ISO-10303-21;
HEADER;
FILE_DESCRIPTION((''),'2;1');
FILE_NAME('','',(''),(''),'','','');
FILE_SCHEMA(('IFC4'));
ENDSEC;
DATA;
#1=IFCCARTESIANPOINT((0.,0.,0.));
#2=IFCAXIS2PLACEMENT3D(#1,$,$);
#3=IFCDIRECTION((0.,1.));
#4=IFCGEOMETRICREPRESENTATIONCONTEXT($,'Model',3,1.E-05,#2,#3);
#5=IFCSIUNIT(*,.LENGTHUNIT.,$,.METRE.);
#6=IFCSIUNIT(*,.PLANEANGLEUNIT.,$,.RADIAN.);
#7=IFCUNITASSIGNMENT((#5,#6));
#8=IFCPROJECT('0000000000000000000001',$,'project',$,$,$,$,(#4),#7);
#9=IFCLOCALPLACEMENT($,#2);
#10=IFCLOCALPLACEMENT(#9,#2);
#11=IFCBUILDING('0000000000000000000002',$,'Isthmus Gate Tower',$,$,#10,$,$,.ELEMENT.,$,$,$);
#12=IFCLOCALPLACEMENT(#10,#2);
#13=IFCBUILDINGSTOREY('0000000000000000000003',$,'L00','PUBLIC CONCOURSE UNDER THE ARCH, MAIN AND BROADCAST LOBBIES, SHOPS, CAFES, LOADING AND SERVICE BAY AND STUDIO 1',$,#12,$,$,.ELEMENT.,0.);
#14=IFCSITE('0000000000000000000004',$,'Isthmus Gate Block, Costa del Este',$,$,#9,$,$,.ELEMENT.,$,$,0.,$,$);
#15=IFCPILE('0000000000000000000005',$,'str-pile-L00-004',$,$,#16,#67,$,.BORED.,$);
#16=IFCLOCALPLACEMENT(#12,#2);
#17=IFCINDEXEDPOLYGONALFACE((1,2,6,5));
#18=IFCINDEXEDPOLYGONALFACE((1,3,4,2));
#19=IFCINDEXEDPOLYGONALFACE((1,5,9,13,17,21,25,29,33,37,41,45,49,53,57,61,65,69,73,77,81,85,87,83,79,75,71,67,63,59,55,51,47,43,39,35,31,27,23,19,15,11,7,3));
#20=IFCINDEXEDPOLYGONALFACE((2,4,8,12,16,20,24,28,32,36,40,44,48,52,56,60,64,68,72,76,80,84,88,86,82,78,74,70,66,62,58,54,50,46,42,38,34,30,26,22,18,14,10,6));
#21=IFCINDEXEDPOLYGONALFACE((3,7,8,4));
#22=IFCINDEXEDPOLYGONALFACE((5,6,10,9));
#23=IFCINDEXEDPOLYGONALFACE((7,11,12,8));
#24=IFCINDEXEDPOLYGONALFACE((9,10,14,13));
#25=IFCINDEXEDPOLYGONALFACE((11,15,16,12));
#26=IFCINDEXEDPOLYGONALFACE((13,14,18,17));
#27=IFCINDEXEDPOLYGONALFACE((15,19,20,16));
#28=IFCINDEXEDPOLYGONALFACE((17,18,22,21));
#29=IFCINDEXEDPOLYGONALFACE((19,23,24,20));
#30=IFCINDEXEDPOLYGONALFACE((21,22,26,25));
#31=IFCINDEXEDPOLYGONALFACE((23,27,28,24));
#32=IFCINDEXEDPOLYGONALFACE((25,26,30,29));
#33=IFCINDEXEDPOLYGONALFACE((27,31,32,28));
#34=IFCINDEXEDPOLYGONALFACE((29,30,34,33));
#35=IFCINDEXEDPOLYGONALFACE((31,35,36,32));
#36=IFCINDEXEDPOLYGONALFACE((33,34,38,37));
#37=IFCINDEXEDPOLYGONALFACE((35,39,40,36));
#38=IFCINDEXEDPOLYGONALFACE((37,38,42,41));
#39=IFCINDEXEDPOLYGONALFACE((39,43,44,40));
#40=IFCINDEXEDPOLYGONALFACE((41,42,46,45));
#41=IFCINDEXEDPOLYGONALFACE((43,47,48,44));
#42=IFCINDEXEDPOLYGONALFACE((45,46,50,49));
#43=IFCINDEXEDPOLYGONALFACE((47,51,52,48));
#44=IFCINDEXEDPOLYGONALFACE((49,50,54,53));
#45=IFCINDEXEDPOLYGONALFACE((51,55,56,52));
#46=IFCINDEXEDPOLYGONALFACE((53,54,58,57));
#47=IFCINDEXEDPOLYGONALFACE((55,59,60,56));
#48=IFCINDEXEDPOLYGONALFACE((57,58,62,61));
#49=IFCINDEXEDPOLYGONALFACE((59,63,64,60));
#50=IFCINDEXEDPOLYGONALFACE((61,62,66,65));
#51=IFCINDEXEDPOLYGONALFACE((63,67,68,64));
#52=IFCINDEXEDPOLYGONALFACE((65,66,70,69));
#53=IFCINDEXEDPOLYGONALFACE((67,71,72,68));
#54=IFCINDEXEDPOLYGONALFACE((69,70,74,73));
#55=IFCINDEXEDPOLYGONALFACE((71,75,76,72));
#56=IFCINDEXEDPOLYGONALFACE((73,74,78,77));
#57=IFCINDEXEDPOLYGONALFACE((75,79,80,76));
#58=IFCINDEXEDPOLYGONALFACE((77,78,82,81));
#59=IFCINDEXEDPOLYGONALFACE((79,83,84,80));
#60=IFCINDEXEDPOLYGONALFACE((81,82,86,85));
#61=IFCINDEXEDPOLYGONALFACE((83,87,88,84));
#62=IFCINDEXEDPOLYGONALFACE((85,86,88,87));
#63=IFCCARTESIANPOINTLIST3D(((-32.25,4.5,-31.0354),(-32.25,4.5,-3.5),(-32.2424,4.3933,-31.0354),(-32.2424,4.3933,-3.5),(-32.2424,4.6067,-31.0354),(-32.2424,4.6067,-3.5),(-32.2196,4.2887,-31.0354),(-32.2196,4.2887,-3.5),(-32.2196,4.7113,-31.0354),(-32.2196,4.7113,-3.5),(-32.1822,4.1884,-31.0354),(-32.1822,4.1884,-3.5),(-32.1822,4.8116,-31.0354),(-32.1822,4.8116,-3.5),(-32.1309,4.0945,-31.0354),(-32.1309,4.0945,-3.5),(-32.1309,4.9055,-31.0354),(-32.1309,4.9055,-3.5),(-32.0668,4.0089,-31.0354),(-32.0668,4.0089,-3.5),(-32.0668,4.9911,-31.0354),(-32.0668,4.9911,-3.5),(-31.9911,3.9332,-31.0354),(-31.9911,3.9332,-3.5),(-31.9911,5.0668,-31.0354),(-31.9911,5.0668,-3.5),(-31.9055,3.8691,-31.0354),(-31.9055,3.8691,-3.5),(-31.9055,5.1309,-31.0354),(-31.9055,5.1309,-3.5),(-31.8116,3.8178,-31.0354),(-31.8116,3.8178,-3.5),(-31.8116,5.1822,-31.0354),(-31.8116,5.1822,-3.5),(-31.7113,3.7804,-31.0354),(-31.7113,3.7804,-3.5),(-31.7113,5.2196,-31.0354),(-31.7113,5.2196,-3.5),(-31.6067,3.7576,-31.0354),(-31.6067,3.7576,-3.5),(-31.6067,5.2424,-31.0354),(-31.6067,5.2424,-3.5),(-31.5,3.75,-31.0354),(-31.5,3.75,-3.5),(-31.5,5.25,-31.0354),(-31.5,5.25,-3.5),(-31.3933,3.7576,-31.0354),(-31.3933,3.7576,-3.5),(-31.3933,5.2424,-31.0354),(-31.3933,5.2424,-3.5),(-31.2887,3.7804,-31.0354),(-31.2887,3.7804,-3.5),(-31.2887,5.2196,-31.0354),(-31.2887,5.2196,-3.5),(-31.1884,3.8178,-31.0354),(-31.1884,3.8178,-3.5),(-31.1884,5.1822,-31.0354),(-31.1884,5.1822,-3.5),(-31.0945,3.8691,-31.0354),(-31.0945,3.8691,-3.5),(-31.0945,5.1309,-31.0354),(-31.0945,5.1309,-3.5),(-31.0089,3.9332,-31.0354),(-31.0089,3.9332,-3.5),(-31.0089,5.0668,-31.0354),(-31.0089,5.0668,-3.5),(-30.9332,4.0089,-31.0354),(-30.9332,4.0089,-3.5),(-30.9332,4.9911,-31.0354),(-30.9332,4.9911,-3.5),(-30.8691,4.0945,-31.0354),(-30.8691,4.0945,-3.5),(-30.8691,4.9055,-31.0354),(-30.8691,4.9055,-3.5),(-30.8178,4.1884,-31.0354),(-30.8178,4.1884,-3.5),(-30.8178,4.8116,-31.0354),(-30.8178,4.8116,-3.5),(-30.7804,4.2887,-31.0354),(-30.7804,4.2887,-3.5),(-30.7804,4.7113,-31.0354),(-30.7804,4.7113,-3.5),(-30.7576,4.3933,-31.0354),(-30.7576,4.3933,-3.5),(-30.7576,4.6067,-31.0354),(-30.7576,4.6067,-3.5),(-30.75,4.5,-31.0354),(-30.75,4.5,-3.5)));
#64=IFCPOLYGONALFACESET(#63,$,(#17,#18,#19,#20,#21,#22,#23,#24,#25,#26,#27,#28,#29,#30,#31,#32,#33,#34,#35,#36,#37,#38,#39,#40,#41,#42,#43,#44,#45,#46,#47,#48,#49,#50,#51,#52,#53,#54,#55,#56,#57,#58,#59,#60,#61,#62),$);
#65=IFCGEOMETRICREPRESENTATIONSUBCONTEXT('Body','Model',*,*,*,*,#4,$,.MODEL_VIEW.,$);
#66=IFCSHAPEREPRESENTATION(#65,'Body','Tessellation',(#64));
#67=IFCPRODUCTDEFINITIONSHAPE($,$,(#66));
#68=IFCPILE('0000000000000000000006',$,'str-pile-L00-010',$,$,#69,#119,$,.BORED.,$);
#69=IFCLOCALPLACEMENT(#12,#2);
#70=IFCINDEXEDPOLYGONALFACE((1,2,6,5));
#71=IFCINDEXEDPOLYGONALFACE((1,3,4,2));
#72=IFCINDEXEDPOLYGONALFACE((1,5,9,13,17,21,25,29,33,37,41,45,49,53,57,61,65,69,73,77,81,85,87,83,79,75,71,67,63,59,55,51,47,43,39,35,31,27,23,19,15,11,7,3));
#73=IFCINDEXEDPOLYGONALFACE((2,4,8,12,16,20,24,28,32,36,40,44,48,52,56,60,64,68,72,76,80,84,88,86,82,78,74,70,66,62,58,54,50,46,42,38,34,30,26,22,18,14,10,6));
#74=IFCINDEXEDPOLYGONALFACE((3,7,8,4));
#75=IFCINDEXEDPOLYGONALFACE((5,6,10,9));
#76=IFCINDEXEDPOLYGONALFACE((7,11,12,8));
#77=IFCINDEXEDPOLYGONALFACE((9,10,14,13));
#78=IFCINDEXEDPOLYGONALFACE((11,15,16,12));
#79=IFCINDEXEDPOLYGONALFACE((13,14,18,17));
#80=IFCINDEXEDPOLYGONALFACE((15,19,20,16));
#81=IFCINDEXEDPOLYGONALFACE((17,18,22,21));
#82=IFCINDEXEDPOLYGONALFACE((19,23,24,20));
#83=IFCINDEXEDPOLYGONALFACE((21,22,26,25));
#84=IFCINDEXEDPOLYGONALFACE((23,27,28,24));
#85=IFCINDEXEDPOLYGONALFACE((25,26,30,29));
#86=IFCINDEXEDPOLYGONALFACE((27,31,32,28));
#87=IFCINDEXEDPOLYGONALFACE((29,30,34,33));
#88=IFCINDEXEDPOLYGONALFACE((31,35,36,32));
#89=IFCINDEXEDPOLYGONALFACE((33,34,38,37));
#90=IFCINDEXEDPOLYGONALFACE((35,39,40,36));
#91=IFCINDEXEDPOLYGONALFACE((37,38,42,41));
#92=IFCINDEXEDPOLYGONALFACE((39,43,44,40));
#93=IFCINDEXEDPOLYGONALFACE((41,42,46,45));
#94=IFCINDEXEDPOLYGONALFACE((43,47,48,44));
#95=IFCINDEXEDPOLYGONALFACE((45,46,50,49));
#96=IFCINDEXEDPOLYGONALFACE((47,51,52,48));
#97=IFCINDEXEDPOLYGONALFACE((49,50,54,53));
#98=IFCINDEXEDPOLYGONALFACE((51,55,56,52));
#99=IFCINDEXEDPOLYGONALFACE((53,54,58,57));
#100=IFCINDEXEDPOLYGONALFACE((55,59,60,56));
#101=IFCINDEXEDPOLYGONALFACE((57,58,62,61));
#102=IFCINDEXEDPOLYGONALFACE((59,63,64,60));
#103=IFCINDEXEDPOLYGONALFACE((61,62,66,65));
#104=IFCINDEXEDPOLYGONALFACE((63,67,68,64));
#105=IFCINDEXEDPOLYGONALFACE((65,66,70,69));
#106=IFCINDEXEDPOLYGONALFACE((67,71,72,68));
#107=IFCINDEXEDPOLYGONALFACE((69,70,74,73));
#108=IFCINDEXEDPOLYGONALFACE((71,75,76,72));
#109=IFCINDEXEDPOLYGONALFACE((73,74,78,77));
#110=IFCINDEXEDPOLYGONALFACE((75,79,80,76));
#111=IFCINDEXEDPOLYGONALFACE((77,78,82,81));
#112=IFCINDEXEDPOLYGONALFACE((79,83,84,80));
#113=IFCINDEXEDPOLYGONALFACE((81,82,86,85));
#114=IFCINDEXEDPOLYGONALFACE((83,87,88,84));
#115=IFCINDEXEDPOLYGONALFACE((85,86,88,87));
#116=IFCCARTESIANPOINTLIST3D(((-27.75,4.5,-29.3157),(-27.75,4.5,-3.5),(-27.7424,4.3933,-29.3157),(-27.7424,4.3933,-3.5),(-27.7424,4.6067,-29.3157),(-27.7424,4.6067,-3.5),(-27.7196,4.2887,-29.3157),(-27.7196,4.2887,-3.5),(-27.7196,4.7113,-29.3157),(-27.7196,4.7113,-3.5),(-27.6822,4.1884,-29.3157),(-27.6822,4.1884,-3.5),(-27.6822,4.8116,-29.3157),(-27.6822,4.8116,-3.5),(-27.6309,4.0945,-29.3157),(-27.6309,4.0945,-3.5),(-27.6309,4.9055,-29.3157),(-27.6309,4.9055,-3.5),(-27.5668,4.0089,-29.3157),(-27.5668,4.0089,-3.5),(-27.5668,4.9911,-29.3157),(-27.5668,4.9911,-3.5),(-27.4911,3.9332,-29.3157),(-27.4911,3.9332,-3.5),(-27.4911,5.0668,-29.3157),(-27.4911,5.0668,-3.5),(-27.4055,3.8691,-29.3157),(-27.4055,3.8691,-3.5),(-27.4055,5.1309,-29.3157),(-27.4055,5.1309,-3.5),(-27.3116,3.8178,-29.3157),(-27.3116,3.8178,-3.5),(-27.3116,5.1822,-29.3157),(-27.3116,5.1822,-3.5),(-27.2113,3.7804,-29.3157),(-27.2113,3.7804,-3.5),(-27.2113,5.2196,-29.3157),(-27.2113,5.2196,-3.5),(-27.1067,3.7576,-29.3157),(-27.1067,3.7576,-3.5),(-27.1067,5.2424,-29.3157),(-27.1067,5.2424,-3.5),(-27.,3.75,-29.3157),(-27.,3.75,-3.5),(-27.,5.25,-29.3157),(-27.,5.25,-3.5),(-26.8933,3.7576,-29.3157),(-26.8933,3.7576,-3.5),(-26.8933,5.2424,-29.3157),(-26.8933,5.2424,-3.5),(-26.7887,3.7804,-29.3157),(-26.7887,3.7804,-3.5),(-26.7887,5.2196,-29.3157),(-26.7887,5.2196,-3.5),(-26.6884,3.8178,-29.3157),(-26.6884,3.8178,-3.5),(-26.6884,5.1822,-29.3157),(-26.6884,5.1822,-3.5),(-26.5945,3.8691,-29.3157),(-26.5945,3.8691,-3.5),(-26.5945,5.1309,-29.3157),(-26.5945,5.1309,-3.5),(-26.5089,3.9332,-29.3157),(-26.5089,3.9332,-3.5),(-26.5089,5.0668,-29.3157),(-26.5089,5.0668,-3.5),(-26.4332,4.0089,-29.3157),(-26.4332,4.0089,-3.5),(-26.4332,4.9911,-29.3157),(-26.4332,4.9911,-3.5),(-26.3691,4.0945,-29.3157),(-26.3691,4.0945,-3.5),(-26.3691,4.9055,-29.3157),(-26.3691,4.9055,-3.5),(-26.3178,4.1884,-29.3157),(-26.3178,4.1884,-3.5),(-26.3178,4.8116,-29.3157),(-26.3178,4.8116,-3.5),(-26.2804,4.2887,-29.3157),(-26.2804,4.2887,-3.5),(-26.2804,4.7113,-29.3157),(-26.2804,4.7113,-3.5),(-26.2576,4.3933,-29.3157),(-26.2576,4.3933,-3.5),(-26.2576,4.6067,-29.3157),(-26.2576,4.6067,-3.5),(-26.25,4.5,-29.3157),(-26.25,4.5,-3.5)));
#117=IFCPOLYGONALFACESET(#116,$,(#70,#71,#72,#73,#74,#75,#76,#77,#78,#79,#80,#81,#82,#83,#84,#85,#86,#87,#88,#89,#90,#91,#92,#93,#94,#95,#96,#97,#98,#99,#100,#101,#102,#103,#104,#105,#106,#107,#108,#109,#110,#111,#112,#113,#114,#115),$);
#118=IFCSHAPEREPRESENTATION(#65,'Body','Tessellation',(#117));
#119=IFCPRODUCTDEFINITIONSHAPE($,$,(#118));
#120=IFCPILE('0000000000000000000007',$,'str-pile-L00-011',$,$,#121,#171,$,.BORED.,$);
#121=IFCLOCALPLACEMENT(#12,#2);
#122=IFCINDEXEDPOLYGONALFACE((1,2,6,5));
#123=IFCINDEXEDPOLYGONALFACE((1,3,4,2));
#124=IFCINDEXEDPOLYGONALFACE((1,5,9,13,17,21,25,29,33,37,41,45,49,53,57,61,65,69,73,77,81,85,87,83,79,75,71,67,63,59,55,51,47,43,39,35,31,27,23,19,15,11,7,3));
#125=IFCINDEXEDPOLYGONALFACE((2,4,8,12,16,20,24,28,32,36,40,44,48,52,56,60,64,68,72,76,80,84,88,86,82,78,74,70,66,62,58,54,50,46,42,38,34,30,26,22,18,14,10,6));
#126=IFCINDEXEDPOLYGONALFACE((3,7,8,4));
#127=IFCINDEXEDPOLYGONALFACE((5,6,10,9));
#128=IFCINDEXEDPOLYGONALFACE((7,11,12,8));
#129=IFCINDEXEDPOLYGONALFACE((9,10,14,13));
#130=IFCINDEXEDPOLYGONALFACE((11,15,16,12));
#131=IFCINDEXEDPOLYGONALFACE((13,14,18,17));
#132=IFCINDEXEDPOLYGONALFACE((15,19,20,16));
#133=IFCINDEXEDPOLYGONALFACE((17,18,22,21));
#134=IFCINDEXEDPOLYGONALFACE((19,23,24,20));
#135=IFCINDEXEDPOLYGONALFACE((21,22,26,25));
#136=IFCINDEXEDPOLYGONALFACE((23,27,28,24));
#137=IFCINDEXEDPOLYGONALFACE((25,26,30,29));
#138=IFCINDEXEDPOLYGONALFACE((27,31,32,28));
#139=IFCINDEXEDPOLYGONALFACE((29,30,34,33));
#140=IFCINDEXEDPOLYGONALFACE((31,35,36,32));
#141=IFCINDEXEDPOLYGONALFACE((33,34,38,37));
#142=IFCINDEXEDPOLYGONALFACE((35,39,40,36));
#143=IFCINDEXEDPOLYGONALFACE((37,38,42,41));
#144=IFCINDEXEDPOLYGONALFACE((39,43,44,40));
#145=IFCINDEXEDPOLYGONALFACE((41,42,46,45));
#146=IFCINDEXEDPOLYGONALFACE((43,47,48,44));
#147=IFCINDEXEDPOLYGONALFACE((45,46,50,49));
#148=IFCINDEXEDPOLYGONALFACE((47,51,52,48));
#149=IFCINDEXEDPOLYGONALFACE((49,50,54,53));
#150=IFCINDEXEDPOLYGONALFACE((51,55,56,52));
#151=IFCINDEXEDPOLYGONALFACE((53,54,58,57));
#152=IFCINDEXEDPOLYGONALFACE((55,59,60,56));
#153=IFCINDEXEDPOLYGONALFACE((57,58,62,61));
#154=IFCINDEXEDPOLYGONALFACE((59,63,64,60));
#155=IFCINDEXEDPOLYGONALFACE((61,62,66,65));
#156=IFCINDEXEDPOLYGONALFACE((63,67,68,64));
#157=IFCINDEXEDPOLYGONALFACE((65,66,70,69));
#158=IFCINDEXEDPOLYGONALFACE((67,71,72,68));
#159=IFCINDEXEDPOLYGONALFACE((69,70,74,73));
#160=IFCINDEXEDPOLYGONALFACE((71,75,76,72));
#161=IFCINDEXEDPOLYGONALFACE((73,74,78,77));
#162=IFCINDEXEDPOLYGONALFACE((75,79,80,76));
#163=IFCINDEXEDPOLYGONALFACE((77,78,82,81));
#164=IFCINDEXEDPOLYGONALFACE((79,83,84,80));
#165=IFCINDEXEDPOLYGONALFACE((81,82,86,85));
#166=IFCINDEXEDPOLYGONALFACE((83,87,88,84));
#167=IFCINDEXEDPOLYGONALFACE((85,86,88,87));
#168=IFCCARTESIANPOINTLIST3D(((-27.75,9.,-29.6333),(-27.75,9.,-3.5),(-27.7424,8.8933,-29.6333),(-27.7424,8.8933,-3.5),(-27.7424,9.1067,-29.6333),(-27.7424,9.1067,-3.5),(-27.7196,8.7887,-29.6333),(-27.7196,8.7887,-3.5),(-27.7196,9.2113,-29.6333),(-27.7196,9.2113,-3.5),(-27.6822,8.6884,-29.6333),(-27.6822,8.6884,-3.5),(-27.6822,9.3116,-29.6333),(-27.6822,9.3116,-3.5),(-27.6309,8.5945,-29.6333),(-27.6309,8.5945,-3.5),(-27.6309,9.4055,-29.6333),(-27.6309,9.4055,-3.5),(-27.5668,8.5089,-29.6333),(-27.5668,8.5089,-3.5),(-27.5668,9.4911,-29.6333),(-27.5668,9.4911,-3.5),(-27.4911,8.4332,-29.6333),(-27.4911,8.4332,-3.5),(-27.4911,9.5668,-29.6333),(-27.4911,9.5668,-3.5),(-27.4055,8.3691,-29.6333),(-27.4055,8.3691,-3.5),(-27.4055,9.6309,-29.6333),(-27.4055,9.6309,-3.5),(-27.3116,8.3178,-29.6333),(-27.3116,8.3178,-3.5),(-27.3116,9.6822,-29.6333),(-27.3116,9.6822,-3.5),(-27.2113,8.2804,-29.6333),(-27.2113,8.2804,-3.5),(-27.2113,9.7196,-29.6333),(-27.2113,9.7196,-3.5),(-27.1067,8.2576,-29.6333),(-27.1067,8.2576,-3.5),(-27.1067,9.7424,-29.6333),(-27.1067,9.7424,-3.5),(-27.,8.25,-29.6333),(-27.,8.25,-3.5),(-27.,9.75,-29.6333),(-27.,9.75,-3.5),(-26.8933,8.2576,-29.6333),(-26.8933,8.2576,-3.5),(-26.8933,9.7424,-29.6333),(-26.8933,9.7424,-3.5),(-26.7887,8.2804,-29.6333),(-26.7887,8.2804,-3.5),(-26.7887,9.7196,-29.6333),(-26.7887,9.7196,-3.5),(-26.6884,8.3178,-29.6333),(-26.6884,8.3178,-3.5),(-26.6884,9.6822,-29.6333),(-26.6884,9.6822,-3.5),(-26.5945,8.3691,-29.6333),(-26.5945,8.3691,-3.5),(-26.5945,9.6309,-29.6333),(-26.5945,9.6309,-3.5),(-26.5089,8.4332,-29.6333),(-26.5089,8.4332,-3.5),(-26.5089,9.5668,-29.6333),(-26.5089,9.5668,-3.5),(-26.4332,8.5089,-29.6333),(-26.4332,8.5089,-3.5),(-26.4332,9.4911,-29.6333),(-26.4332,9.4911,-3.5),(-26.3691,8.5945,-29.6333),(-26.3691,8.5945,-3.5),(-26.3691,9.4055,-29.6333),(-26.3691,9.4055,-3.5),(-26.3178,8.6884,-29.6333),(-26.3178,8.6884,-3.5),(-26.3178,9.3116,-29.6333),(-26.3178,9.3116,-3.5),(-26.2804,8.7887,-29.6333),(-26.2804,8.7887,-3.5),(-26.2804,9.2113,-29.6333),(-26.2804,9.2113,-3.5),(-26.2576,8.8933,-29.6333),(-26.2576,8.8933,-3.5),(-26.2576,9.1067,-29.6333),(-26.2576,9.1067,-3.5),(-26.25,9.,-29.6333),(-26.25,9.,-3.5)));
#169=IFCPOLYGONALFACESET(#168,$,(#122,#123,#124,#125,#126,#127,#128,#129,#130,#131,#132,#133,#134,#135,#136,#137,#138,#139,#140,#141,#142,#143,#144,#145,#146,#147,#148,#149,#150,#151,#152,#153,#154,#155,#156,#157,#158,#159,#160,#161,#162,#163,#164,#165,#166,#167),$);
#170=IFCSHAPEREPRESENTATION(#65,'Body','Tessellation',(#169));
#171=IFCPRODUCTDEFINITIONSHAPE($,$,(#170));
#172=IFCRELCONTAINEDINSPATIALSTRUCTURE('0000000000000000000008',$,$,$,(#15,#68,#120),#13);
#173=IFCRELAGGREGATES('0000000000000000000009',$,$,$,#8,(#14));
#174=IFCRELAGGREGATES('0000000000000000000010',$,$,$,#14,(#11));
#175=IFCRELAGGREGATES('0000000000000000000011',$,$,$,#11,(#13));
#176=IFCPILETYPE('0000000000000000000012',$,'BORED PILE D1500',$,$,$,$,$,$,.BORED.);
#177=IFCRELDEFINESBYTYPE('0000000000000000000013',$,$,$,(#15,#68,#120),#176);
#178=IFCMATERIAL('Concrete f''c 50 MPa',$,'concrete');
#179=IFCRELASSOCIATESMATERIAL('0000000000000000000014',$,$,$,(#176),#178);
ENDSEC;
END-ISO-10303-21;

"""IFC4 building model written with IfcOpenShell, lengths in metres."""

from ifc_helpers import new_model, si_unit, direction, frame, origin, origin_2d, place, context, subcontext, project, spatial, circle, extrude, material, material_profile, profile_set, type_object, element, save


model = new_model("IFC4")

# Units and contexts
model_context = context("Model", 3, precision=1e-05, world=origin(), true_north=direction((0.0, 1.0)))
body_context = subcontext(model_context, "Body", "Model", "MODEL_VIEW")
ifc_project = project(units=[si_unit("LENGTHUNIT", "METRE"), si_unit("PLANEANGLEUNIT", "RADIAN")], contexts=[model_context])

# Site, building, storey
site_placement = place(None, origin())
site = spatial("IfcSite", under=ifc_project, at=site_placement, Name="Isthmus Gate Block, Costa del Este", CompositionType="ELEMENT", RefElevation=0.0)
building_placement = place(site_placement, origin())
building = spatial("IfcBuilding", under=site, at=building_placement, Name="Isthmus Gate Tower", CompositionType="ELEMENT")
storey_placement = place(building_placement, origin())
storey = spatial("IfcBuildingStorey", under=building, at=storey_placement, Name="L00", Description="PUBLIC CONCOURSE UNDER THE ARCH, MAIN AND BROADCAST LOBBIES, SHOPS, CAFES, LOADING AND SERVICE BAY AND STUDIO 1", CompositionType="ELEMENT", Elevation=0.0)

# Piles
ifc_material_1 = material(Name="Concrete f'c 50 MPa", Category="concrete")
ifc_material_profile_1 = material_profile(ifc_material_1, circle(Radius=0.75, at=origin_2d()), Name="D1500")
ifc_profile_set_1 = profile_set([ifc_material_profile_1], Name="Concrete f'c 50 MPa")
pile_type = type_object("IfcPileType", Name="BORED PILE D1500", PredefinedType="BORED", material=ifc_profile_set_1)
pile_1_placement = place(storey_placement, frame((-31.5, 4.5, -3.5), z_axis=(0.0, 0.0, -1.0), x_axis=(1.0, 0.0, 0.0)))
element("IfcPile", 1, at=pile_1_placement, inside=storey, type_object=pile_type, Name="str-pile-L00-004", PredefinedType="BORED", context=body_context, shape_type="SweptSolid", body=[
    extrude(circle(Radius=0.75, at=origin_2d()), origin(), (0.0, 0.0, 1.0), 27.5354),
])
pile_2_placement = place(storey_placement, frame((-27.0, 4.5, -3.5), z_axis=(0.0, 0.0, -1.0), x_axis=(1.0, 0.0, 0.0)))
element("IfcPile", 2, at=pile_2_placement, inside=storey, type_object=pile_type, Name="str-pile-L00-010", PredefinedType="BORED", context=body_context, shape_type="SweptSolid", body=[
    extrude(circle(Radius=0.75, at=origin_2d()), origin(), (0.0, 0.0, 1.0), 25.8157),
])
pile_3_placement = place(storey_placement, frame((-27.0, 9.0, -3.5), z_axis=(0.0, 0.0, -1.0), x_axis=(1.0, 0.0, 0.0)))
element("IfcPile", 3, at=pile_3_placement, inside=storey, type_object=pile_type, Name="str-pile-L00-011", PredefinedType="BORED", context=body_context, shape_type="SweptSolid", body=[
    extrude(circle(Radius=0.75, at=origin_2d()), origin(), (0.0, 0.0, 1.0), 26.1333),
])

save(model, "model.ifc")
